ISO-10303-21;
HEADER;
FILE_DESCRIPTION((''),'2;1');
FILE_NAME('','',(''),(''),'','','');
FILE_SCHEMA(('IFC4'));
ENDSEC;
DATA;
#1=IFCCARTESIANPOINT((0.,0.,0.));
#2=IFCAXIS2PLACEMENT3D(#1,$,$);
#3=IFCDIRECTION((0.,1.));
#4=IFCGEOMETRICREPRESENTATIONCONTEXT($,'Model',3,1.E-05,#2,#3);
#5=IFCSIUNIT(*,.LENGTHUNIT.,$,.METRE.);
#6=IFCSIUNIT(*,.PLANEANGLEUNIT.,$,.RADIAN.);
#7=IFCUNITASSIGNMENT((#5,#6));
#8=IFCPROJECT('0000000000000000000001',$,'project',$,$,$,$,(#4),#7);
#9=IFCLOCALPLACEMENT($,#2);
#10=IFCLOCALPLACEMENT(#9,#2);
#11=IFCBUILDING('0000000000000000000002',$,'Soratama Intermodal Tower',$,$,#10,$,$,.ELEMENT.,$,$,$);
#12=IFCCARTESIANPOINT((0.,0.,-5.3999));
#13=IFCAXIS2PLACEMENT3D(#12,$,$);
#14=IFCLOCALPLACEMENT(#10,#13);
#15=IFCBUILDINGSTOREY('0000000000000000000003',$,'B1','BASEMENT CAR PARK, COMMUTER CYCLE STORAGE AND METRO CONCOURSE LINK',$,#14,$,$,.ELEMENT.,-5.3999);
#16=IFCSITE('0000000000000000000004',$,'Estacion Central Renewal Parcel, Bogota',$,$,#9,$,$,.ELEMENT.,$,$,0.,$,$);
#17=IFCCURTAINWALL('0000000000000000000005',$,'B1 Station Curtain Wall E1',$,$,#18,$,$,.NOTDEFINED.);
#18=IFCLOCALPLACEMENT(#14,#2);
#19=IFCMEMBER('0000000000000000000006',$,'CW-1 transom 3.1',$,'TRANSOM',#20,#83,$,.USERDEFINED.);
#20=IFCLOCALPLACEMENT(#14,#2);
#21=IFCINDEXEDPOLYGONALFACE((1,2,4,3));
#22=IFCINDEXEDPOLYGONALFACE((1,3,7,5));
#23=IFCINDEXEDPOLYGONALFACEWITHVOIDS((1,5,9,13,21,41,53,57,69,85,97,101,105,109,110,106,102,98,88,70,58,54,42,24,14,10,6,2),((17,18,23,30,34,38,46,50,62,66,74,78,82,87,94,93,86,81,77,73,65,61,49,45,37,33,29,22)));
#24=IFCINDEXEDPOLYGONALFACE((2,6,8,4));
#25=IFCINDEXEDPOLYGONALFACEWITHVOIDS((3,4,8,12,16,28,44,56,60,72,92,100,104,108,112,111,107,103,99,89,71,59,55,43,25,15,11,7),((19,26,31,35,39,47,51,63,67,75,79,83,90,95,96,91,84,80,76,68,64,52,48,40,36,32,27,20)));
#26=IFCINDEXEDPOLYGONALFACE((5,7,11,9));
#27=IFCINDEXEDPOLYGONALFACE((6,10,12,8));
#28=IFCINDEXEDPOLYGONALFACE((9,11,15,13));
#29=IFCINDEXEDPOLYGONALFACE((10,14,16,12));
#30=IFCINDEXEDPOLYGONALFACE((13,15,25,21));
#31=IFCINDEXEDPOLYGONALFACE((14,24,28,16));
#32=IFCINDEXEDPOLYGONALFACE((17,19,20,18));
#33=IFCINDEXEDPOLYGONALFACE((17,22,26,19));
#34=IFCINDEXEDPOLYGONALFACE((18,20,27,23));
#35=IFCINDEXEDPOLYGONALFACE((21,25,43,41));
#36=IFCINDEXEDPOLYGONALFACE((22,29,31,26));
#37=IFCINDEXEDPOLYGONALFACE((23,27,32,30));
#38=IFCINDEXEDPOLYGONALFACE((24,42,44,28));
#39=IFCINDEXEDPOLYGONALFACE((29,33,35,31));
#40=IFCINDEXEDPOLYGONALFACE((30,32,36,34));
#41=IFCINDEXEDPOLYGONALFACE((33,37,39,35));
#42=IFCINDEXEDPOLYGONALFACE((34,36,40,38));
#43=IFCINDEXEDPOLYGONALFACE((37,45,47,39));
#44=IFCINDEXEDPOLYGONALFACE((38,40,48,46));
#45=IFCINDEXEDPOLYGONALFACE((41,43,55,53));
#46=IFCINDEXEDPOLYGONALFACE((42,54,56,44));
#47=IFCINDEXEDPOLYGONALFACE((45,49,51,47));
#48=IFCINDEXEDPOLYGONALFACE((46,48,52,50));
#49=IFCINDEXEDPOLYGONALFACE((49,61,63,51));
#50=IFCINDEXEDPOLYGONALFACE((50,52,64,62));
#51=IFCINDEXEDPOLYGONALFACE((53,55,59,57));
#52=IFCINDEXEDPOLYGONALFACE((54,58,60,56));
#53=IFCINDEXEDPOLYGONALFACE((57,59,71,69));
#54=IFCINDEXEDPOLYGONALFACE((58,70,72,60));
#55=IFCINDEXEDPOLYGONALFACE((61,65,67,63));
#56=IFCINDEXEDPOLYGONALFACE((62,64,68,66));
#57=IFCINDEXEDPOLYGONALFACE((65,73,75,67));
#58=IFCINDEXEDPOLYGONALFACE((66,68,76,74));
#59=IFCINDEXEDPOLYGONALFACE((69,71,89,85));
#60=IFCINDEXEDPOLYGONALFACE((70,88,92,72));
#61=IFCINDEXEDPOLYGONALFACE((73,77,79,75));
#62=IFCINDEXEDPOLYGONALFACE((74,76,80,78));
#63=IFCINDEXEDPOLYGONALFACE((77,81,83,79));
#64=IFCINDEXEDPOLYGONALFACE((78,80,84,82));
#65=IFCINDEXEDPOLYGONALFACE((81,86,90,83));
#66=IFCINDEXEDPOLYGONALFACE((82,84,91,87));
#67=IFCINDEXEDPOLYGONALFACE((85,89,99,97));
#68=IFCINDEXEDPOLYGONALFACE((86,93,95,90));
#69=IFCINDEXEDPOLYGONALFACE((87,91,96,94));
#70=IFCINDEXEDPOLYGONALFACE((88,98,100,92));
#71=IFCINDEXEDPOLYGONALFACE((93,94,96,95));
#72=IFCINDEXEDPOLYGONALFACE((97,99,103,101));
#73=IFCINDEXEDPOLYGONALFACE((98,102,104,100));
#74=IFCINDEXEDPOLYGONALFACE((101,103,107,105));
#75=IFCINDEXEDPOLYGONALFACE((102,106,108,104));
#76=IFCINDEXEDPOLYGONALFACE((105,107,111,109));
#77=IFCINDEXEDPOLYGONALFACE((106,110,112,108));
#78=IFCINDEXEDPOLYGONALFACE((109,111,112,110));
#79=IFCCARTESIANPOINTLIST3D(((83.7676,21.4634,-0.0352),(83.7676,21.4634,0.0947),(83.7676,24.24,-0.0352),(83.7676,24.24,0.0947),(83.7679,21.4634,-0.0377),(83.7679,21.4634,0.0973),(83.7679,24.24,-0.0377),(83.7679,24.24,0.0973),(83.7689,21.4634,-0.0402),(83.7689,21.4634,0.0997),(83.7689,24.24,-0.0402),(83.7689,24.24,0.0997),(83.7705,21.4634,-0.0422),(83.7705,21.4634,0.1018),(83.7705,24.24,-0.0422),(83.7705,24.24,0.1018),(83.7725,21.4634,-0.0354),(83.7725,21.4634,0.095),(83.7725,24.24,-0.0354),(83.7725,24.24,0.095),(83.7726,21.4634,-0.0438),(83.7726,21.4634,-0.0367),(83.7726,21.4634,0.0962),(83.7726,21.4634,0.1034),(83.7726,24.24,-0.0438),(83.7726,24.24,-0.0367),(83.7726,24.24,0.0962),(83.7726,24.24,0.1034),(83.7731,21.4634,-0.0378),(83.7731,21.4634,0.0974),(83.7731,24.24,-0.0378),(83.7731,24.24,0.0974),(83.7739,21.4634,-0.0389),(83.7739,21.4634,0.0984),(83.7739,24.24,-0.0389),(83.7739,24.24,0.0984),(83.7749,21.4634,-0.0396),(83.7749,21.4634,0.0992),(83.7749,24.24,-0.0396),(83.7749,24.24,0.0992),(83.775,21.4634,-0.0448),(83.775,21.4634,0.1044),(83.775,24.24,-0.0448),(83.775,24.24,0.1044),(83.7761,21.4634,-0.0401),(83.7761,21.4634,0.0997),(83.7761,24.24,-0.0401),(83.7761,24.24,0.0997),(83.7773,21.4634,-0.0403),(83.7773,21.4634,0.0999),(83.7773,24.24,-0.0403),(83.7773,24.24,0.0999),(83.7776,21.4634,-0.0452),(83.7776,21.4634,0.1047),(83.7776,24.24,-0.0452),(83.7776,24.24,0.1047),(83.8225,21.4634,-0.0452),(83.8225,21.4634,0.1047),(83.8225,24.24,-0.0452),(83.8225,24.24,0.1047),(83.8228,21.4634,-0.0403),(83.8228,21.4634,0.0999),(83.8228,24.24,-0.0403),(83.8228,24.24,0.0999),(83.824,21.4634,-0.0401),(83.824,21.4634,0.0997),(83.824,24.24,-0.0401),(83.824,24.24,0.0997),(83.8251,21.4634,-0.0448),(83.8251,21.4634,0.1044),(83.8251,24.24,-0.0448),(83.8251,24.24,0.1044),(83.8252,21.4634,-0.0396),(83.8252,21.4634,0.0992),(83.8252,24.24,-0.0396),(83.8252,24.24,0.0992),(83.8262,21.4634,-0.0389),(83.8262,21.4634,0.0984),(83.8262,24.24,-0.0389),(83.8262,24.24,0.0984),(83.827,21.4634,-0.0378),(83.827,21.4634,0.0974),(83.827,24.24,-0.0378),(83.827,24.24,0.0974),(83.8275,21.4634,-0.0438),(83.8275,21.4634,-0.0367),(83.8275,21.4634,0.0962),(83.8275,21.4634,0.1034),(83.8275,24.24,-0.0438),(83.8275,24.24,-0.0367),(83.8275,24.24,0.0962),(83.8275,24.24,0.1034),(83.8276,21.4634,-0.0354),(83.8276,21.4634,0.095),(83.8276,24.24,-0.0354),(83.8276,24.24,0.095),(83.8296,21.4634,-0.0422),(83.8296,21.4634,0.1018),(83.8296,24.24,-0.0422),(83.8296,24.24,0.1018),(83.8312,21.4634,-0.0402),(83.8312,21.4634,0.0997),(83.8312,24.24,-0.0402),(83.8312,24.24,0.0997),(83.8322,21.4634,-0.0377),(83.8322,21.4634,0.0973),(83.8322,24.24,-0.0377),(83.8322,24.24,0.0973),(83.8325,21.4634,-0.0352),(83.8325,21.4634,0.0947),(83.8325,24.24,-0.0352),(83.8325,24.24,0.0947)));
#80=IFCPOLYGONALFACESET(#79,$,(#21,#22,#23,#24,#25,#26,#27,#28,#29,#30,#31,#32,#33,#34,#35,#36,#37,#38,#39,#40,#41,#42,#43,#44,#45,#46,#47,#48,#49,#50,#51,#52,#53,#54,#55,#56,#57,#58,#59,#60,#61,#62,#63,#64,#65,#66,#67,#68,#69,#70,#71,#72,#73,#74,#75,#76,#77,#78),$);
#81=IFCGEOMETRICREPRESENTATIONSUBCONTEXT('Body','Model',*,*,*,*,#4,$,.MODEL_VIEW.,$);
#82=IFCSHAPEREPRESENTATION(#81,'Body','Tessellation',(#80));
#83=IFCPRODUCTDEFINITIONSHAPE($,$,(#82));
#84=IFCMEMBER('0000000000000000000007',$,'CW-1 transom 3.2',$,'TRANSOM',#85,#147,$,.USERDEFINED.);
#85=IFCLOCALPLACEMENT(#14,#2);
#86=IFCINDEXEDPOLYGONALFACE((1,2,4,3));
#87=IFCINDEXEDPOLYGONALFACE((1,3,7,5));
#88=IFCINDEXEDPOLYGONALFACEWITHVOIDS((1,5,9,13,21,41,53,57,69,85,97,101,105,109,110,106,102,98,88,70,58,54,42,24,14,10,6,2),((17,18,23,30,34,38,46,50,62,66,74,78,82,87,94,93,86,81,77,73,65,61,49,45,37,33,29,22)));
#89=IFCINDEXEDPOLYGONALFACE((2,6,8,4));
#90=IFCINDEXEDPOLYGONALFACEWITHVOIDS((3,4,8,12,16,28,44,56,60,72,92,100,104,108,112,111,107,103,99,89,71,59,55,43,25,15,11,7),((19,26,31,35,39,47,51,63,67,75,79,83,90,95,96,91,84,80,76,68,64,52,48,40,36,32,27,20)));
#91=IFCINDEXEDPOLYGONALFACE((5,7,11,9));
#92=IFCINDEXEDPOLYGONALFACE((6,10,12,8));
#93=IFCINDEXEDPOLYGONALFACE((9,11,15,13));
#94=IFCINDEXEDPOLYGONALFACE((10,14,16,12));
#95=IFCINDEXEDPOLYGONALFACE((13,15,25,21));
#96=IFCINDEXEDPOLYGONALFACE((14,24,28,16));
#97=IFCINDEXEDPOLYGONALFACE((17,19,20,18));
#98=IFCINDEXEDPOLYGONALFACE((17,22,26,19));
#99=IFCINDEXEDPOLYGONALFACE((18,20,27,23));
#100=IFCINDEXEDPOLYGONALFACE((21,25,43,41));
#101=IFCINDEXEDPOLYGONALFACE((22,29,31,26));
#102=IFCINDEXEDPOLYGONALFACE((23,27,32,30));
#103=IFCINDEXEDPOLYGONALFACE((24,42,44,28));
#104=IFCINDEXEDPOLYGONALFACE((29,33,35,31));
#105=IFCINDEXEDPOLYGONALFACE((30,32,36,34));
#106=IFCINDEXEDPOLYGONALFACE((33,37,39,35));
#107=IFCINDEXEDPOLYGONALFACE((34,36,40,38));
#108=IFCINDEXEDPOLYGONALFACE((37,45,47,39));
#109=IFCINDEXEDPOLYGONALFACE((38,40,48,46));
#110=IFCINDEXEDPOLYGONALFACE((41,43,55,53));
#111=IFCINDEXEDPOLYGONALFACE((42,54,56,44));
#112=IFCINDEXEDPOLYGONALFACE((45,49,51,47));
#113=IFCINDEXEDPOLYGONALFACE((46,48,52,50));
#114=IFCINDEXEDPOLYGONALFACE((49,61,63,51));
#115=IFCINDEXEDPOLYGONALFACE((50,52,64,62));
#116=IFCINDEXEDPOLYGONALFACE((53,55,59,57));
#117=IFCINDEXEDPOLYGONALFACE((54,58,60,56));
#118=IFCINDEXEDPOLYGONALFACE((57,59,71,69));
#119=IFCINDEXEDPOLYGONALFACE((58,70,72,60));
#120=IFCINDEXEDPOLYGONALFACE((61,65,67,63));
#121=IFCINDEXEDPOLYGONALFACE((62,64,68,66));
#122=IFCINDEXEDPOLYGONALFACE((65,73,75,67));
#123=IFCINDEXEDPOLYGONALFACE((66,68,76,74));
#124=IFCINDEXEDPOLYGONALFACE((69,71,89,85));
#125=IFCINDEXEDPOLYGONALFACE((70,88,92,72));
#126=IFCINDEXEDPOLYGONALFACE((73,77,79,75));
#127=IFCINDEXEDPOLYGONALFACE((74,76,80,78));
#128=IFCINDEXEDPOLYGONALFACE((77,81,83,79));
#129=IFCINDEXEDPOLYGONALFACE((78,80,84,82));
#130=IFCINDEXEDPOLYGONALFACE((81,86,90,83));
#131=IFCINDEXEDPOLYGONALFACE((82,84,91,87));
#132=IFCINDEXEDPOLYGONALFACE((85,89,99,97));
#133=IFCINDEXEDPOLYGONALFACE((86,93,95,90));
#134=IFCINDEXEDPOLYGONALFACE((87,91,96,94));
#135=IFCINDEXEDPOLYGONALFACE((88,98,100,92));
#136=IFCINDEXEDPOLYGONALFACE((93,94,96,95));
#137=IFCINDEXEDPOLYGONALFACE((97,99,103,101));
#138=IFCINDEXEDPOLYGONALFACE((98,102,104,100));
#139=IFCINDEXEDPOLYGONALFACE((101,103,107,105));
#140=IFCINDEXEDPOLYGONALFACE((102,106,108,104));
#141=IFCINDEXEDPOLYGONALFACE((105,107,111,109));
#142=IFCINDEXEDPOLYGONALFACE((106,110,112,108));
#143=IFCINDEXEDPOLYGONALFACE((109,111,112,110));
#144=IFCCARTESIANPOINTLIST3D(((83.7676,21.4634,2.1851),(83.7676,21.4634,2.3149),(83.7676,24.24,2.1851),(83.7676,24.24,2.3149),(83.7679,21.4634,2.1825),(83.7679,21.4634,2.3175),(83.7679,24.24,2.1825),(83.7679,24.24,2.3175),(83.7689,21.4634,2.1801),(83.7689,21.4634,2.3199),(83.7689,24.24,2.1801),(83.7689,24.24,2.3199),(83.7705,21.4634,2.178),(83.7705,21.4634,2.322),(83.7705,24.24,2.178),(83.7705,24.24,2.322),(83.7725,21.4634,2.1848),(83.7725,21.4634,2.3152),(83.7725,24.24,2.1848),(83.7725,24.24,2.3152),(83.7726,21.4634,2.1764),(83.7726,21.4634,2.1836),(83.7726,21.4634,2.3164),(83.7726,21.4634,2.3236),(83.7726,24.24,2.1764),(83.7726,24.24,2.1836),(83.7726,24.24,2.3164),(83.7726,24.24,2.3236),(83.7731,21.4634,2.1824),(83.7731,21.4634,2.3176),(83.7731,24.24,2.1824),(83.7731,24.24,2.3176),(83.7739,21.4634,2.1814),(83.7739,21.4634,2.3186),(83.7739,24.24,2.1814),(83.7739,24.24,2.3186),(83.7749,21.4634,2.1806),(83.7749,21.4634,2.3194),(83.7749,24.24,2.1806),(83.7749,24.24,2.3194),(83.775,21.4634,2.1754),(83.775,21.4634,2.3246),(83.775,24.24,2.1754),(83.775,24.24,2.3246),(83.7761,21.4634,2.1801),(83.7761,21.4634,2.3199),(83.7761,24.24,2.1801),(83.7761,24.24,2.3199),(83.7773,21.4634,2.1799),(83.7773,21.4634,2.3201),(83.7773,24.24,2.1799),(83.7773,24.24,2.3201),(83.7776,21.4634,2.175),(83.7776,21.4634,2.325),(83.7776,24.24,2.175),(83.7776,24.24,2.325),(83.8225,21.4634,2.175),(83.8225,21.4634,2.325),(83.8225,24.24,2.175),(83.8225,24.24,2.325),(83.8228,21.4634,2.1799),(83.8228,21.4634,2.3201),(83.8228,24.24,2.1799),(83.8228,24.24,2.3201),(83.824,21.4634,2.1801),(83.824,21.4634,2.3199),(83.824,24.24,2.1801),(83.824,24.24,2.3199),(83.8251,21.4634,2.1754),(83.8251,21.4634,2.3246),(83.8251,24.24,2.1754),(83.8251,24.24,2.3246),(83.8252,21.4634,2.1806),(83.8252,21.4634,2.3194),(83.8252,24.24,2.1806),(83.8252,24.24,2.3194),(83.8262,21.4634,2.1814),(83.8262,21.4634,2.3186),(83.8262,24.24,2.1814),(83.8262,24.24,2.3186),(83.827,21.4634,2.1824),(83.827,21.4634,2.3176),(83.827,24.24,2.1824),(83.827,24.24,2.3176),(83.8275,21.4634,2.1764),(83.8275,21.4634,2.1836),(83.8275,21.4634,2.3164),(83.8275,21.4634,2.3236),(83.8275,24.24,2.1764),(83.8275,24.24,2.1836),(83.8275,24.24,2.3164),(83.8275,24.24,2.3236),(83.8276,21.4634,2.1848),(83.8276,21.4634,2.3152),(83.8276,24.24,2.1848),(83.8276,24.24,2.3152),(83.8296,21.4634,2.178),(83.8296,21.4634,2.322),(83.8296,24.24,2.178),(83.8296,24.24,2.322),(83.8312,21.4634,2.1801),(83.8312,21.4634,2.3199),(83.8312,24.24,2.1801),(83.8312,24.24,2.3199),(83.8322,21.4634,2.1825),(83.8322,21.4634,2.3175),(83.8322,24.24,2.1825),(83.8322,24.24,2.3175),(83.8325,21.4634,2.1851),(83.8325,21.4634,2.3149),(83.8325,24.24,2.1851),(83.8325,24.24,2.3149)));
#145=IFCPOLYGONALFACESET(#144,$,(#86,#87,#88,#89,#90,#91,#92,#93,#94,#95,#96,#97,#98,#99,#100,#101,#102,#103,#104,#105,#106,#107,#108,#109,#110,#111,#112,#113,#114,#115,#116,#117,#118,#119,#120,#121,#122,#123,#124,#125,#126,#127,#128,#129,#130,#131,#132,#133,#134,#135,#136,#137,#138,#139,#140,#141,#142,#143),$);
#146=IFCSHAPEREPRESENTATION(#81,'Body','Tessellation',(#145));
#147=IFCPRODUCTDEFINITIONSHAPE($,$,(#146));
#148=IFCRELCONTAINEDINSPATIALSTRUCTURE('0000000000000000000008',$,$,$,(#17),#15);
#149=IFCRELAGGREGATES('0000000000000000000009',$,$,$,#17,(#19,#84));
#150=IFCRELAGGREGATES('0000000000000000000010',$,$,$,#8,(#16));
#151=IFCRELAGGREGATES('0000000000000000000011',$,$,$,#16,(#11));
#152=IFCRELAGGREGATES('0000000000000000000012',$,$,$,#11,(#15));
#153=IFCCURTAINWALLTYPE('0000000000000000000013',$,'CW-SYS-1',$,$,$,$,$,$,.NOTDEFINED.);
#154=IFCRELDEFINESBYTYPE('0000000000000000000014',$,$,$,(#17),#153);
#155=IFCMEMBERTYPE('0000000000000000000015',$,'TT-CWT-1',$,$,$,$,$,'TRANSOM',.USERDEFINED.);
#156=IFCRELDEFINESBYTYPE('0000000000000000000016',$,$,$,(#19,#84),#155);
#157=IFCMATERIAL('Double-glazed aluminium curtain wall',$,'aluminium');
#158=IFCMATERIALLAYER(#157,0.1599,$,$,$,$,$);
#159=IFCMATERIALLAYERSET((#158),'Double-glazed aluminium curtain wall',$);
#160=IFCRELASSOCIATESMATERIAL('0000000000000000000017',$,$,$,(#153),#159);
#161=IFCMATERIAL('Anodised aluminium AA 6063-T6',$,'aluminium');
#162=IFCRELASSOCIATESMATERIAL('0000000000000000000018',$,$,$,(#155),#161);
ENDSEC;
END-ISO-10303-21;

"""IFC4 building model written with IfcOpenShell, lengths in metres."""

from ifc_helpers import new_model, si_unit, direction, frame, origin, origin_2d, place, context, subcontext, project, spatial, hollow_rectangle, extrude, material, layer, layer_set, material_profile, profile_set, type_object, element, aggregate, save


model = new_model("IFC4")

# Units and contexts
model_context = context("Model", 3, precision=1e-05, world=origin(), true_north=direction((0.0, 1.0)))
body_context = subcontext(model_context, "Body", "Model", "MODEL_VIEW")
ifc_project = project(units=[si_unit("LENGTHUNIT", "METRE"), si_unit("PLANEANGLEUNIT", "RADIAN")], contexts=[model_context])

# Site, building, storey
site_placement = place(None, origin())
site = spatial("IfcSite", under=ifc_project, at=site_placement, Name="Estacion Central Renewal Parcel, Bogota", CompositionType="ELEMENT", RefElevation=0.0)
building_placement = place(site_placement, origin())
building = spatial("IfcBuilding", under=site, at=building_placement, Name="Soratama Intermodal Tower", CompositionType="ELEMENT")
storey_placement = place(building_placement, frame((0.0, 0.0, -5.3999)))
storey = spatial("IfcBuildingStorey", under=building, at=storey_placement, Name="B1", Description="BASEMENT CAR PARK, COMMUTER CYCLE STORAGE AND METRO CONCOURSE LINK", CompositionType="ELEMENT", Elevation=-5.3999)

# Curtain wall
ifc_material_1 = material(Name="Double-glazed aluminium curtain wall", Category="aluminium")
ifc_layer_1 = layer(ifc_material_1, 0.1599)
ifc_layer_set_1 = layer_set([ifc_layer_1], Name="Double-glazed aluminium curtain wall")
curtain_wall_type = type_object("IfcCurtainWallType", Name="CW-SYS-1", PredefinedType="NOTDEFINED", material=ifc_layer_set_1)
curtain_wall_1_placement = place(storey_placement, origin())
curtain_wall_1 = element("IfcCurtainWall", 1, at=curtain_wall_1_placement, inside=storey, type_object=curtain_wall_type, Name="B1 Station Curtain Wall E1", PredefinedType="NOTDEFINED")

# Members
ifc_material_2 = material(Name="Anodised aluminium AA 6063-T6", Category="aluminium")
ifc_material_profile_1 = material_profile(ifc_material_2, hollow_rectangle(XDim=0.0649, YDim=0.1499, WallThickness=0.0049, InnerFilletRadius=0.0049, OuterFilletRadius=0.01, at=origin_2d()), Name="CWT150X65X5")
ifc_profile_set_1 = profile_set([ifc_material_profile_1], Name="Anodised aluminium AA 6063-T6")
member_type_1 = type_object("IfcMemberType", Name="TT-CWT-1", ElementType="TRANSOM", PredefinedType="USERDEFINED", material=ifc_profile_set_1)
member_1_placement = place(storey_placement, frame((83.8, 21.4634, 0.0298), z_axis=(0.0, 1.0, 0.0), x_axis=(-1.0, 0.0, 0.0)))
member_1 = element("IfcMember", 2, at=member_1_placement, type_object=member_type_1, Name="CW-1 transom 3.1", ObjectType="TRANSOM", PredefinedType="USERDEFINED", context=body_context, shape_type="SweptSolid", body=[
    extrude(hollow_rectangle(XDim=0.0649, YDim=0.1499, WallThickness=0.0049, InnerFilletRadius=0.0049, OuterFilletRadius=0.01, at=origin_2d()), origin(), (0.0, 0.0, 1.0), 2.7766),
])
member_2_placement = place(storey_placement, frame((83.8, 21.4634, 2.25), z_axis=(0.0, 1.0, 0.0), x_axis=(-1.0, 0.0, 0.0)))
member_2 = element("IfcMember", 3, at=member_2_placement, type_object=member_type_1, Name="CW-1 transom 3.2", ObjectType="TRANSOM", PredefinedType="USERDEFINED", context=body_context, shape_type="SweptSolid", body=[
    extrude(hollow_rectangle(XDim=0.0649, YDim=0.1499, WallThickness=0.0049, InnerFilletRadius=0.0049, OuterFilletRadius=0.01, at=origin_2d()), origin(), (0.0, 0.0, 1.0), 2.7766),
])

aggregate(curtain_wall_1, [member_1, member_2])

save(model, "model.ifc")
